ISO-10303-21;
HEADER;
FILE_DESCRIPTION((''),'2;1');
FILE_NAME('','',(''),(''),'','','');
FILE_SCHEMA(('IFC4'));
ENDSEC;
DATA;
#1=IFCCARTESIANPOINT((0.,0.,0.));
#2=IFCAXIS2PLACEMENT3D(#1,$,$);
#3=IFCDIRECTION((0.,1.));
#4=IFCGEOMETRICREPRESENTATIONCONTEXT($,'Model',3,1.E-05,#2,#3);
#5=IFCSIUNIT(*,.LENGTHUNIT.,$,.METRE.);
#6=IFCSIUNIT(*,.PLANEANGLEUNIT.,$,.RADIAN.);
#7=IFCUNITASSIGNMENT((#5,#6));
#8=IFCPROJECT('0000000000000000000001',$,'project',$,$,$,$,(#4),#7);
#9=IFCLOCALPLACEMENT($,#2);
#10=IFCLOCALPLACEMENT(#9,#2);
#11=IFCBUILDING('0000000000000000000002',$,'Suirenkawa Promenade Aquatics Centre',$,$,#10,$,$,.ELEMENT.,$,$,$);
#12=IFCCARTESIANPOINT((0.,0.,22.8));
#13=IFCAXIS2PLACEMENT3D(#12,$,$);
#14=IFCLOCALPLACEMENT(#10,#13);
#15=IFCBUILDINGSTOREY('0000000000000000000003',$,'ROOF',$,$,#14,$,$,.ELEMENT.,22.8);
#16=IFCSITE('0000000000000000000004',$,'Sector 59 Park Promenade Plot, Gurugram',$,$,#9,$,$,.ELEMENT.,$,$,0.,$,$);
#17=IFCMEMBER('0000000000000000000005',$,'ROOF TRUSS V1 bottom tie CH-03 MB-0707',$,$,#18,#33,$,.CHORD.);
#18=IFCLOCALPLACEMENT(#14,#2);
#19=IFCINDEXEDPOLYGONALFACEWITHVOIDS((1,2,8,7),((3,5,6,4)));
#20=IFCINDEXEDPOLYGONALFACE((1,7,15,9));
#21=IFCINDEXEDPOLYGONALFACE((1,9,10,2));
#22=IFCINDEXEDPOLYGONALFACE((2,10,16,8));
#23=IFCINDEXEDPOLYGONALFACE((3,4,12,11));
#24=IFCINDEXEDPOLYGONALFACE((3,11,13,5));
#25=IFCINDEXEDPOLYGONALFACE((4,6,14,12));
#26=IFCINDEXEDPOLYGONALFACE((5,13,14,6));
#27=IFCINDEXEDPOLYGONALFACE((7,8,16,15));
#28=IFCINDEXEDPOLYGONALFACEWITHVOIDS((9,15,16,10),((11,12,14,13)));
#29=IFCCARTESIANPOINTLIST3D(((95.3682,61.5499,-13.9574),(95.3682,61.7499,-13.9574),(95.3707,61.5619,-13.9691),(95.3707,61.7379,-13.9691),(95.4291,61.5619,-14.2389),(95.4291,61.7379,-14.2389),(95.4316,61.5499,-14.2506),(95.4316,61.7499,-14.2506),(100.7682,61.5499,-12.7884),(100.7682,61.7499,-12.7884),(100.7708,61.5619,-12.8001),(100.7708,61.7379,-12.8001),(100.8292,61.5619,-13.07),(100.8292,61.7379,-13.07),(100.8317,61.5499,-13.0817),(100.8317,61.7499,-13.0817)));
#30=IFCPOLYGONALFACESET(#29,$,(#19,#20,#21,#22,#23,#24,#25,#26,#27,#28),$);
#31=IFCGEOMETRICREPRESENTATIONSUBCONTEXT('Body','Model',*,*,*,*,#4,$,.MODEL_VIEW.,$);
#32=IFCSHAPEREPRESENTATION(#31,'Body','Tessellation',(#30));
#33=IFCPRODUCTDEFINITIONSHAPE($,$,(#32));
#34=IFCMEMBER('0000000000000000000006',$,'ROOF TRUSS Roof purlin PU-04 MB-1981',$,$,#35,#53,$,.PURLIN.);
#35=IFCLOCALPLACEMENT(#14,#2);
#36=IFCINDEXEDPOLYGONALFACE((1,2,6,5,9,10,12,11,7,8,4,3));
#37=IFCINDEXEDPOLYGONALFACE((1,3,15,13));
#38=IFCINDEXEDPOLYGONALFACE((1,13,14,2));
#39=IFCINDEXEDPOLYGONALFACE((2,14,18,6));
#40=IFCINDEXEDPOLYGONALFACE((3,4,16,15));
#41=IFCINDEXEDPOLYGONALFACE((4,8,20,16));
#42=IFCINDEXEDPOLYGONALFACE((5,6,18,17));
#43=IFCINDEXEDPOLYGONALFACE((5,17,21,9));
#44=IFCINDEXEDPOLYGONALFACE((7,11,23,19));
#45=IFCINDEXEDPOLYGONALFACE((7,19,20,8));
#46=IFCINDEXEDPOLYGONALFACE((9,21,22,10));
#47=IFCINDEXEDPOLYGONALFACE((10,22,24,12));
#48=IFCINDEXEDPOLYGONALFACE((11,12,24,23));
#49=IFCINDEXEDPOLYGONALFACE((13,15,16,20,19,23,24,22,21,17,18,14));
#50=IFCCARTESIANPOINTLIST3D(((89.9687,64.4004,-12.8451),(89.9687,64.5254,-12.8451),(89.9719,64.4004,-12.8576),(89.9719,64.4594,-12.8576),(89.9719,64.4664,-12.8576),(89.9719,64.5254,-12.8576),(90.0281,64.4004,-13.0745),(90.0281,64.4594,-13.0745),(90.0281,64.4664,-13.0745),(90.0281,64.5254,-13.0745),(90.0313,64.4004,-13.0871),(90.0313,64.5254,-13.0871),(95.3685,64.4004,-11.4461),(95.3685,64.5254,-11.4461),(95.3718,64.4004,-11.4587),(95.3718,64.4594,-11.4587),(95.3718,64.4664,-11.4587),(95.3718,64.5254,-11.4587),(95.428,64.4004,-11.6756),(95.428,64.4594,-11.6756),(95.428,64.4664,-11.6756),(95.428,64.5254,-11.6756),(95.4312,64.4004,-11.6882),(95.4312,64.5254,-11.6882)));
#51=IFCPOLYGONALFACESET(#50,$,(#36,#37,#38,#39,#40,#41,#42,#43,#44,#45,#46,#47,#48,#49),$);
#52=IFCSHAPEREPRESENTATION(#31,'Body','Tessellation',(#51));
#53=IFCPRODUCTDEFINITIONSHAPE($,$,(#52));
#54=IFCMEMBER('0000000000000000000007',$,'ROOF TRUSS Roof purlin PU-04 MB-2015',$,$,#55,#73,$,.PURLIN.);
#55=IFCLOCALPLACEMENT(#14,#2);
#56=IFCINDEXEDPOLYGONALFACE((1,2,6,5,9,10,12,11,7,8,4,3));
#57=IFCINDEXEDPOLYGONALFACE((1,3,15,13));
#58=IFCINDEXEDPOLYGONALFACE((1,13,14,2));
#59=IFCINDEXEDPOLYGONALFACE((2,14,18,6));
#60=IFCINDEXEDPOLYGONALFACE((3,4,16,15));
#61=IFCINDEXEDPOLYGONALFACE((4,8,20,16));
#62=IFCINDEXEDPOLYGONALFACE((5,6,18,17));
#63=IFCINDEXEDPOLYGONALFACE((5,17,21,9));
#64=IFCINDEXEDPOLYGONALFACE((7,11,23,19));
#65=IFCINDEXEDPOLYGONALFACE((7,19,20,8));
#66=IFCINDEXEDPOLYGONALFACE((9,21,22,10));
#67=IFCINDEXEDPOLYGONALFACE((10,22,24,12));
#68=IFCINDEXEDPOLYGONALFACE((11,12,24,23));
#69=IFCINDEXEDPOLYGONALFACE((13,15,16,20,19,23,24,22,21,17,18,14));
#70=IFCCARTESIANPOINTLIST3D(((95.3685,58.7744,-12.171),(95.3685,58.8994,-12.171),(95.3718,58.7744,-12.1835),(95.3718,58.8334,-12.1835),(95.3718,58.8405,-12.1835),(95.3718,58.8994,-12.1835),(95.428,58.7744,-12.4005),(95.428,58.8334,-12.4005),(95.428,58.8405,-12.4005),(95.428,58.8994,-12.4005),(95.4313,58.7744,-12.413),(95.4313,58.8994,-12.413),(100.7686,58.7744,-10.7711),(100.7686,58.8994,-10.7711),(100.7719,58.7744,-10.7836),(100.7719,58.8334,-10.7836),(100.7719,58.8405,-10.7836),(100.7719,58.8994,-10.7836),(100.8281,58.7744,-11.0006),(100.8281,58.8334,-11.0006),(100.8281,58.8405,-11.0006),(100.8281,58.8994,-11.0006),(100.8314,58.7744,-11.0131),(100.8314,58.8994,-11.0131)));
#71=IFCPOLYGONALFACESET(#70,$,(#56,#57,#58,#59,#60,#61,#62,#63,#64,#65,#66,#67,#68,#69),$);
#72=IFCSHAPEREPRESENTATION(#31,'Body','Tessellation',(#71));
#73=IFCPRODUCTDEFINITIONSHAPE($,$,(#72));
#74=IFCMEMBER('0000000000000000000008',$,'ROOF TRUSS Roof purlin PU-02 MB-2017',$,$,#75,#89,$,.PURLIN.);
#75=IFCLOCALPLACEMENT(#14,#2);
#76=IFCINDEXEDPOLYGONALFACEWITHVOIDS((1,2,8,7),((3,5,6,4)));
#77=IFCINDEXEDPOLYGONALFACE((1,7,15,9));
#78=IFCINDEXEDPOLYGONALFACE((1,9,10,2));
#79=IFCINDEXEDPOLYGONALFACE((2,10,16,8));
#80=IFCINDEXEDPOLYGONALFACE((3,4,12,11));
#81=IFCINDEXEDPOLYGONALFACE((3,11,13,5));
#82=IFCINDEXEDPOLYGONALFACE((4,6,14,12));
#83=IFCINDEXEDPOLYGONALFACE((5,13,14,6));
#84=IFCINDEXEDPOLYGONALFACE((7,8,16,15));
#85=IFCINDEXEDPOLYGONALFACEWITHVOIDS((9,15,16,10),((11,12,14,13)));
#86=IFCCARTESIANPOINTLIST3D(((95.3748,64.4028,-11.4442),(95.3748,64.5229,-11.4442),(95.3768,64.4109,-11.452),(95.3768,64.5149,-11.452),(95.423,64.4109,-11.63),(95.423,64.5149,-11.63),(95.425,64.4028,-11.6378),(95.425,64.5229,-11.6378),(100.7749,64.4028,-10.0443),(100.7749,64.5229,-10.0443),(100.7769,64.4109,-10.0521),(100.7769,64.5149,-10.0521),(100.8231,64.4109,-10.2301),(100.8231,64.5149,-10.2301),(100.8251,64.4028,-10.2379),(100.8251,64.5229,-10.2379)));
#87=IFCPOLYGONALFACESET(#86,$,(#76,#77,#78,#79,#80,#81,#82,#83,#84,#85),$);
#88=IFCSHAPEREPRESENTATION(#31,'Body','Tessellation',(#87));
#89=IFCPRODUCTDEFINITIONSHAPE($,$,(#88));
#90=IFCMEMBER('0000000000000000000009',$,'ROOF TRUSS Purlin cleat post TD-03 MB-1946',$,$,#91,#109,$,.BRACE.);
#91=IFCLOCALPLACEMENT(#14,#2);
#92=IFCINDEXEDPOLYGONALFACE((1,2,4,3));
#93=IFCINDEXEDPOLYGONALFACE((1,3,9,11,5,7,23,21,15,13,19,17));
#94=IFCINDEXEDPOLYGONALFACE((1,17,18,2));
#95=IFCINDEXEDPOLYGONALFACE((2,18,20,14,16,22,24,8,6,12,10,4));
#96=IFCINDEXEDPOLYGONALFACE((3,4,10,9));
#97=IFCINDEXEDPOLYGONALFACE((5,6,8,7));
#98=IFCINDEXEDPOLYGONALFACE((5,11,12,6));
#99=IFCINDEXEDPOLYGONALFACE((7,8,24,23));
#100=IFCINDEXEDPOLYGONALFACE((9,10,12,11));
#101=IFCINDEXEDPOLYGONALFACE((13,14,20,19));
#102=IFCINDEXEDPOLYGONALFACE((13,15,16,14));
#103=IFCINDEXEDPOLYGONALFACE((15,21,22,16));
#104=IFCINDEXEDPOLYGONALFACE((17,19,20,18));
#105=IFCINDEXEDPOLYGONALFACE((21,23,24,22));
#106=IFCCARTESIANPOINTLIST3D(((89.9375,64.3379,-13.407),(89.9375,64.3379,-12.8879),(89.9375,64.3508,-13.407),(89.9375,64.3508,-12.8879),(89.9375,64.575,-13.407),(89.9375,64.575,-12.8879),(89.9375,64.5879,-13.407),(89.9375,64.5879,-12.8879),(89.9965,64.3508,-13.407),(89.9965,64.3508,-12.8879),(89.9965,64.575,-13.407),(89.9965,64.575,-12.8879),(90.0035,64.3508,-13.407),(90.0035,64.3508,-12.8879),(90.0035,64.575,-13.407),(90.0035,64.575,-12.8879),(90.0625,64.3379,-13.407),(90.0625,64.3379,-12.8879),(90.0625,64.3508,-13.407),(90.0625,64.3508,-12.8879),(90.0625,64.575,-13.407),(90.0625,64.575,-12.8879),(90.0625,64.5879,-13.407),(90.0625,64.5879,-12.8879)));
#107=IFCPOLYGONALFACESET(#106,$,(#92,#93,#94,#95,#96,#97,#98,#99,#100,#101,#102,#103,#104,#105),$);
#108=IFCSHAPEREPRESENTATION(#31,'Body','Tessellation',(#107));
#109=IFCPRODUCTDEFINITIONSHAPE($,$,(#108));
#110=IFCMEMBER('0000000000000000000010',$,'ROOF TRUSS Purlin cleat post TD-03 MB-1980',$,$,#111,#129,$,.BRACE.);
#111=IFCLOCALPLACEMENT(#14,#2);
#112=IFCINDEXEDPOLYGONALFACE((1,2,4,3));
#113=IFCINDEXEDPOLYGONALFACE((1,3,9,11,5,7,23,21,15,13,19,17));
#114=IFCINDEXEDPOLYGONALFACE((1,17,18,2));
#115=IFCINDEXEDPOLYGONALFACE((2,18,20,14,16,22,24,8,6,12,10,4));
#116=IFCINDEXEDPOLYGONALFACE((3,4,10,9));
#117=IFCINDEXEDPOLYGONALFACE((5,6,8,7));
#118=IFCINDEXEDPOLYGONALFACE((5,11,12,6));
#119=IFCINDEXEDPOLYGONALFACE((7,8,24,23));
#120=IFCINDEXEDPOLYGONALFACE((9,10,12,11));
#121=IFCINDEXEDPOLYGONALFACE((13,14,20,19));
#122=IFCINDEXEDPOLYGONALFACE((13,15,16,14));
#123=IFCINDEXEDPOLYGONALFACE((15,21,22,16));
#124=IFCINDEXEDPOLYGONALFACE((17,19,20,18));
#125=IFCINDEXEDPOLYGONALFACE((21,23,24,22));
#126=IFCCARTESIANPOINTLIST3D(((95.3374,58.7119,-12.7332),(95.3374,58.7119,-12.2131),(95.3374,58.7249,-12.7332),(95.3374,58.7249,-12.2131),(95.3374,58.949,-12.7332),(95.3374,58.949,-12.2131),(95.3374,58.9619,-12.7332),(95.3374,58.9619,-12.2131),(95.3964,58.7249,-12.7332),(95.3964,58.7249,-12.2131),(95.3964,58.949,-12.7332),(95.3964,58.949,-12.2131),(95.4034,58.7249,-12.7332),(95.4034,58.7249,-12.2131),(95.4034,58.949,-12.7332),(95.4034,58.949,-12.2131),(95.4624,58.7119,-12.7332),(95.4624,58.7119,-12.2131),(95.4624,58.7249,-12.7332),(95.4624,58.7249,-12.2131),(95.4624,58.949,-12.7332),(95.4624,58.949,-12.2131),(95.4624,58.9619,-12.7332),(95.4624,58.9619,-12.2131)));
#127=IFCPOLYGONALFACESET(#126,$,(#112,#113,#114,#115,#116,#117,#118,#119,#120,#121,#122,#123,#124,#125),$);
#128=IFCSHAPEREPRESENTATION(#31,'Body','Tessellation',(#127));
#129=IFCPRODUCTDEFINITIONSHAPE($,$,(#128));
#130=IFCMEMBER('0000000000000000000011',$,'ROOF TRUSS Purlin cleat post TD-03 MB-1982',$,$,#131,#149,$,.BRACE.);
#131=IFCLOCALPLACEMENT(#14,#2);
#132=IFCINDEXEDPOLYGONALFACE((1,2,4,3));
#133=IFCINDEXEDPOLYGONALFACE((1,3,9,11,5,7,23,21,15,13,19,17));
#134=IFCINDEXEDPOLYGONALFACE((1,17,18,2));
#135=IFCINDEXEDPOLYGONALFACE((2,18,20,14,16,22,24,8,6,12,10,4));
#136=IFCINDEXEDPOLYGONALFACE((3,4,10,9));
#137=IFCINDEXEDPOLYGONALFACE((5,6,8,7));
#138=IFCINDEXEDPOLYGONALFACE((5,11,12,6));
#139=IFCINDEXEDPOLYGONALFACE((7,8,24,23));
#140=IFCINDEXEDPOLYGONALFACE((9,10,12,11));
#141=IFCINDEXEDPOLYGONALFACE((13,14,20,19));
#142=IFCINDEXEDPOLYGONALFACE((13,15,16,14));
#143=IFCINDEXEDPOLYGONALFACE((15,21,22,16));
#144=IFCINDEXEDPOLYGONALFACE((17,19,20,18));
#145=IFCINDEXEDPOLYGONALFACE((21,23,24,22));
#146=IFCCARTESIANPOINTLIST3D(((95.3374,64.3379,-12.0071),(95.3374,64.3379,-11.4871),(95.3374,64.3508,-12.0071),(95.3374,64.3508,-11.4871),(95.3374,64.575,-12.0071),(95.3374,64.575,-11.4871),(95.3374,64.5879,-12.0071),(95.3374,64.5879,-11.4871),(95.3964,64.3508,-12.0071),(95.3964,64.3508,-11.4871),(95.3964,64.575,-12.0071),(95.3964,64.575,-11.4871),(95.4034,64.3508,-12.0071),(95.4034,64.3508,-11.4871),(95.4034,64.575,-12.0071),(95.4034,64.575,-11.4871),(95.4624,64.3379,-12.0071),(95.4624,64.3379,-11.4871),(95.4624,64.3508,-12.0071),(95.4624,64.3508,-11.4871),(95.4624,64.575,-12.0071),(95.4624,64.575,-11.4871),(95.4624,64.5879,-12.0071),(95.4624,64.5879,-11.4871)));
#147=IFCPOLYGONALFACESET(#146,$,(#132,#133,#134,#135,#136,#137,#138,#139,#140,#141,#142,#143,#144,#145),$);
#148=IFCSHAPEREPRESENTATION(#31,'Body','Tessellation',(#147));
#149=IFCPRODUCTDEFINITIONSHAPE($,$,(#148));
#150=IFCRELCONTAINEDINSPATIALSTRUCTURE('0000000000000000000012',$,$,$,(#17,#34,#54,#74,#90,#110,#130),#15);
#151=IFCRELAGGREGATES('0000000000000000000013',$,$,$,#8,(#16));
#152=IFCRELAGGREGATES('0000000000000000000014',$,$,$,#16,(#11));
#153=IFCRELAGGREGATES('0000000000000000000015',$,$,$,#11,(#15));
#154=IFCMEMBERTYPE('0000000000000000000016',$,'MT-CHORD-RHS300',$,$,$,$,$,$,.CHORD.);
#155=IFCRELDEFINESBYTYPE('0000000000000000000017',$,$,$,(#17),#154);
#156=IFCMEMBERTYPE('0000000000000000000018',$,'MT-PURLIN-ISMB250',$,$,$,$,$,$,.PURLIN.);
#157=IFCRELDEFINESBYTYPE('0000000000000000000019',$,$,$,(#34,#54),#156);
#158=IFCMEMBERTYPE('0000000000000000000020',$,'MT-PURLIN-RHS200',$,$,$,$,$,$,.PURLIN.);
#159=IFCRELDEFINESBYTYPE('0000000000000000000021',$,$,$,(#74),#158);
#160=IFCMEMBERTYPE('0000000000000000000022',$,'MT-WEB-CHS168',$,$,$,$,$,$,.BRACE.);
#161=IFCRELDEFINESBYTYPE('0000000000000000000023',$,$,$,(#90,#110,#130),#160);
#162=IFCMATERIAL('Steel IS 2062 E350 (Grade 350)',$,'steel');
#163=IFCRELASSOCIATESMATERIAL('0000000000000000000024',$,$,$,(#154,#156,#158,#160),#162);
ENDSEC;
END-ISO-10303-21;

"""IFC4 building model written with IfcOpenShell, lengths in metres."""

from ifc_helpers import new_model, si_unit, direction, frame, origin, origin_2d, place, context, subcontext, project, spatial, hollow_rectangle, i_section, extrude, material, material_profile, profile_set, type_object, element, save


model = new_model("IFC4")

# Units and contexts
model_context = context("Model", 3, precision=1e-05, world=origin(), true_north=direction((0.0, 1.0)))
body_context = subcontext(model_context, "Body", "Model", "MODEL_VIEW")
ifc_project = project(units=[si_unit("LENGTHUNIT", "METRE"), si_unit("PLANEANGLEUNIT", "RADIAN")], contexts=[model_context])

# Site, building, storey
site_placement = place(None, origin())
site = spatial("IfcSite", under=ifc_project, at=site_placement, Name="Sector 59 Park Promenade Plot, Gurugram", CompositionType="ELEMENT", RefElevation=0.0)
building_placement = place(site_placement, origin())
building = spatial("IfcBuilding", under=site, at=building_placement, Name="Suirenkawa Promenade Aquatics Centre", CompositionType="ELEMENT")
storey_placement = place(building_placement, frame((0.0, 0.0, 22.8)))
storey = spatial("IfcBuildingStorey", under=building, at=storey_placement, Name="ROOF", CompositionType="ELEMENT", Elevation=22.8)

# Shared definitions
ifc_material = material(Name="Steel IS 2062 E350 (Grade 350)", Category="steel")

# Members
ifc_material_profile_1 = material_profile(ifc_material, hollow_rectangle(XDim=0.2, YDim=0.3, WallThickness=0.012, at=origin_2d()), Name="RHS 300x200x12", Category="steel")
ifc_profile_set_1 = profile_set([ifc_material_profile_1], Name="Steel IS 2062 E350 (Grade 350)")
member_type_1 = type_object("IfcMemberType", Name="MT-CHORD-RHS300", PredefinedType="CHORD", material=ifc_profile_set_1)
member_1_placement = place(storey_placement, frame((95.3999, 61.6499, -14.104), z_axis=(0.977364, 0.0, 0.211566), x_axis=(0.0, 1.0, 0.0)))
element("IfcMember", 1, at=member_1_placement, inside=storey, type_object=member_type_1, Name="ROOF TRUSS V1 bottom tie CH-03 MB-0707", PredefinedType="CHORD", context=body_context, shape_type="SweptSolid", body=[
    extrude(hollow_rectangle(XDim=0.2, YDim=0.3, WallThickness=0.012, at=origin_2d()), origin(), (0.0, 0.0, 1.0), 5.5251),
])
ifc_material_profile_2 = material_profile(ifc_material, i_section(OverallWidth=0.125, OverallDepth=0.25, WebThickness=0.0071, FlangeThickness=0.0129, at=origin_2d()), Name="ISMB 250", Category="steel")
ifc_profile_set_2 = profile_set([ifc_material_profile_2], Name="Steel IS 2062 E350 (Grade 350)")
member_type_2 = type_object("IfcMemberType", Name="MT-PURLIN-ISMB250", PredefinedType="PURLIN", material=ifc_profile_set_2)
member_2_placement = place(storey_placement, frame((90.0, 64.4629, -12.9661), z_axis=(0.968043, 0.0, 0.250786), x_axis=(0.0, 1.0, 0.0)))
element("IfcMember", 2, at=member_2_placement, inside=storey, type_object=member_type_2, Name="ROOF TRUSS Roof purlin PU-04 MB-1981", PredefinedType="PURLIN", context=body_context, shape_type="SweptSolid", body=[
    extrude(i_section(OverallWidth=0.125, OverallDepth=0.25, WebThickness=0.0071, FlangeThickness=0.0129, at=origin_2d()), origin(), (0.0, 0.0, 1.0), 5.5781),
])
member_3_placement = place(storey_placement, frame((95.3999, 58.8369, -12.292), z_axis=(0.968003, 0.0, 0.250939), x_axis=(0.0, 1.0, 0.0)))
element("IfcMember", 3, at=member_3_placement, inside=storey, type_object=member_type_2, Name="ROOF TRUSS Roof purlin PU-04 MB-2015", PredefinedType="PURLIN", context=body_context, shape_type="SweptSolid", body=[
    extrude(i_section(OverallWidth=0.125, OverallDepth=0.25, WebThickness=0.0071, FlangeThickness=0.0129, at=origin_2d()), origin(), (0.0, 0.0, 1.0), 5.5786),
])
ifc_material_profile_3 = material_profile(ifc_material, hollow_rectangle(XDim=0.1201, YDim=0.2, WallThickness=0.0081, at=origin_2d()), Name="RHS 200x120x8", Category="steel")
ifc_profile_set_3 = profile_set([ifc_material_profile_3], Name="Steel IS 2062 E350 (Grade 350)")
member_type_3 = type_object("IfcMemberType", Name="MT-PURLIN-RHS200", PredefinedType="PURLIN", material=ifc_profile_set_3)
member_4_placement = place(storey_placement, frame((95.3999, 64.4629, -11.541), z_axis=(0.968003, 0.0, 0.250939), x_axis=(0.0, 1.0, 0.0)))
element("IfcMember", 4, at=member_4_placement, inside=storey, type_object=member_type_3, Name="ROOF TRUSS Roof purlin PU-02 MB-2017", PredefinedType="PURLIN", context=body_context, shape_type="SweptSolid", body=[
    extrude(hollow_rectangle(XDim=0.1201, YDim=0.2, WallThickness=0.0081, at=origin_2d()), origin(), (0.0, 0.0, 1.0), 5.5786),
])
ifc_material_profile_4 = material_profile(ifc_material, i_section(OverallWidth=0.125, OverallDepth=0.25, WebThickness=0.0071, FlangeThickness=0.0129, at=origin_2d()), Name="ISMB 250", Category="steel")
ifc_profile_set_4 = profile_set([ifc_material_profile_4], Name="Steel IS 2062 E350 (Grade 350)")
member_type_4 = type_object("IfcMemberType", Name="MT-WEB-CHS168", PredefinedType="BRACE", material=ifc_profile_set_4)
member_5_placement = place(storey_placement, frame((90.0, 64.4629, -13.407), z_axis=(0.0, 0.0, 1.0), x_axis=(1.0, 0.0, 0.0)))
element("IfcMember", 5, at=member_5_placement, inside=storey, type_object=member_type_4, Name="ROOF TRUSS Purlin cleat post TD-03 MB-1946", PredefinedType="BRACE", context=body_context, shape_type="SweptSolid", body=[
    extrude(i_section(OverallWidth=0.125, OverallDepth=0.25, WebThickness=0.0071, FlangeThickness=0.0129, at=origin_2d()), origin(), (0.0, 0.0, 1.0), 0.519),
])
for number, where, z_axis, x_axis, name in (
    (6, (95.3999, 58.8369, -12.7332), (0.0, 0.0, 1.0), (1.0, 0.0, 0.0), "ROOF TRUSS Purlin cleat post TD-03 MB-1980"),
    (7, (95.3999, 64.4629, -12.0071), (0.0, 0.0, 1.0), (1.0, 0.0, 0.0), "ROOF TRUSS Purlin cleat post TD-03 MB-1982"),
):
    element("IfcMember", number, at=place(storey_placement, frame(where, z_axis=z_axis, x_axis=x_axis)), inside=storey, type_object=member_type_4, Name=name, PredefinedType="BRACE", context=body_context, shape_type="SweptSolid", body=[
        extrude(i_section(OverallWidth=0.125, OverallDepth=0.25, WebThickness=0.0071, FlangeThickness=0.0129, at=origin_2d()), origin(), (0.0, 0.0, 1.0), 0.52),
    ])

save(model, "model.ifc")
